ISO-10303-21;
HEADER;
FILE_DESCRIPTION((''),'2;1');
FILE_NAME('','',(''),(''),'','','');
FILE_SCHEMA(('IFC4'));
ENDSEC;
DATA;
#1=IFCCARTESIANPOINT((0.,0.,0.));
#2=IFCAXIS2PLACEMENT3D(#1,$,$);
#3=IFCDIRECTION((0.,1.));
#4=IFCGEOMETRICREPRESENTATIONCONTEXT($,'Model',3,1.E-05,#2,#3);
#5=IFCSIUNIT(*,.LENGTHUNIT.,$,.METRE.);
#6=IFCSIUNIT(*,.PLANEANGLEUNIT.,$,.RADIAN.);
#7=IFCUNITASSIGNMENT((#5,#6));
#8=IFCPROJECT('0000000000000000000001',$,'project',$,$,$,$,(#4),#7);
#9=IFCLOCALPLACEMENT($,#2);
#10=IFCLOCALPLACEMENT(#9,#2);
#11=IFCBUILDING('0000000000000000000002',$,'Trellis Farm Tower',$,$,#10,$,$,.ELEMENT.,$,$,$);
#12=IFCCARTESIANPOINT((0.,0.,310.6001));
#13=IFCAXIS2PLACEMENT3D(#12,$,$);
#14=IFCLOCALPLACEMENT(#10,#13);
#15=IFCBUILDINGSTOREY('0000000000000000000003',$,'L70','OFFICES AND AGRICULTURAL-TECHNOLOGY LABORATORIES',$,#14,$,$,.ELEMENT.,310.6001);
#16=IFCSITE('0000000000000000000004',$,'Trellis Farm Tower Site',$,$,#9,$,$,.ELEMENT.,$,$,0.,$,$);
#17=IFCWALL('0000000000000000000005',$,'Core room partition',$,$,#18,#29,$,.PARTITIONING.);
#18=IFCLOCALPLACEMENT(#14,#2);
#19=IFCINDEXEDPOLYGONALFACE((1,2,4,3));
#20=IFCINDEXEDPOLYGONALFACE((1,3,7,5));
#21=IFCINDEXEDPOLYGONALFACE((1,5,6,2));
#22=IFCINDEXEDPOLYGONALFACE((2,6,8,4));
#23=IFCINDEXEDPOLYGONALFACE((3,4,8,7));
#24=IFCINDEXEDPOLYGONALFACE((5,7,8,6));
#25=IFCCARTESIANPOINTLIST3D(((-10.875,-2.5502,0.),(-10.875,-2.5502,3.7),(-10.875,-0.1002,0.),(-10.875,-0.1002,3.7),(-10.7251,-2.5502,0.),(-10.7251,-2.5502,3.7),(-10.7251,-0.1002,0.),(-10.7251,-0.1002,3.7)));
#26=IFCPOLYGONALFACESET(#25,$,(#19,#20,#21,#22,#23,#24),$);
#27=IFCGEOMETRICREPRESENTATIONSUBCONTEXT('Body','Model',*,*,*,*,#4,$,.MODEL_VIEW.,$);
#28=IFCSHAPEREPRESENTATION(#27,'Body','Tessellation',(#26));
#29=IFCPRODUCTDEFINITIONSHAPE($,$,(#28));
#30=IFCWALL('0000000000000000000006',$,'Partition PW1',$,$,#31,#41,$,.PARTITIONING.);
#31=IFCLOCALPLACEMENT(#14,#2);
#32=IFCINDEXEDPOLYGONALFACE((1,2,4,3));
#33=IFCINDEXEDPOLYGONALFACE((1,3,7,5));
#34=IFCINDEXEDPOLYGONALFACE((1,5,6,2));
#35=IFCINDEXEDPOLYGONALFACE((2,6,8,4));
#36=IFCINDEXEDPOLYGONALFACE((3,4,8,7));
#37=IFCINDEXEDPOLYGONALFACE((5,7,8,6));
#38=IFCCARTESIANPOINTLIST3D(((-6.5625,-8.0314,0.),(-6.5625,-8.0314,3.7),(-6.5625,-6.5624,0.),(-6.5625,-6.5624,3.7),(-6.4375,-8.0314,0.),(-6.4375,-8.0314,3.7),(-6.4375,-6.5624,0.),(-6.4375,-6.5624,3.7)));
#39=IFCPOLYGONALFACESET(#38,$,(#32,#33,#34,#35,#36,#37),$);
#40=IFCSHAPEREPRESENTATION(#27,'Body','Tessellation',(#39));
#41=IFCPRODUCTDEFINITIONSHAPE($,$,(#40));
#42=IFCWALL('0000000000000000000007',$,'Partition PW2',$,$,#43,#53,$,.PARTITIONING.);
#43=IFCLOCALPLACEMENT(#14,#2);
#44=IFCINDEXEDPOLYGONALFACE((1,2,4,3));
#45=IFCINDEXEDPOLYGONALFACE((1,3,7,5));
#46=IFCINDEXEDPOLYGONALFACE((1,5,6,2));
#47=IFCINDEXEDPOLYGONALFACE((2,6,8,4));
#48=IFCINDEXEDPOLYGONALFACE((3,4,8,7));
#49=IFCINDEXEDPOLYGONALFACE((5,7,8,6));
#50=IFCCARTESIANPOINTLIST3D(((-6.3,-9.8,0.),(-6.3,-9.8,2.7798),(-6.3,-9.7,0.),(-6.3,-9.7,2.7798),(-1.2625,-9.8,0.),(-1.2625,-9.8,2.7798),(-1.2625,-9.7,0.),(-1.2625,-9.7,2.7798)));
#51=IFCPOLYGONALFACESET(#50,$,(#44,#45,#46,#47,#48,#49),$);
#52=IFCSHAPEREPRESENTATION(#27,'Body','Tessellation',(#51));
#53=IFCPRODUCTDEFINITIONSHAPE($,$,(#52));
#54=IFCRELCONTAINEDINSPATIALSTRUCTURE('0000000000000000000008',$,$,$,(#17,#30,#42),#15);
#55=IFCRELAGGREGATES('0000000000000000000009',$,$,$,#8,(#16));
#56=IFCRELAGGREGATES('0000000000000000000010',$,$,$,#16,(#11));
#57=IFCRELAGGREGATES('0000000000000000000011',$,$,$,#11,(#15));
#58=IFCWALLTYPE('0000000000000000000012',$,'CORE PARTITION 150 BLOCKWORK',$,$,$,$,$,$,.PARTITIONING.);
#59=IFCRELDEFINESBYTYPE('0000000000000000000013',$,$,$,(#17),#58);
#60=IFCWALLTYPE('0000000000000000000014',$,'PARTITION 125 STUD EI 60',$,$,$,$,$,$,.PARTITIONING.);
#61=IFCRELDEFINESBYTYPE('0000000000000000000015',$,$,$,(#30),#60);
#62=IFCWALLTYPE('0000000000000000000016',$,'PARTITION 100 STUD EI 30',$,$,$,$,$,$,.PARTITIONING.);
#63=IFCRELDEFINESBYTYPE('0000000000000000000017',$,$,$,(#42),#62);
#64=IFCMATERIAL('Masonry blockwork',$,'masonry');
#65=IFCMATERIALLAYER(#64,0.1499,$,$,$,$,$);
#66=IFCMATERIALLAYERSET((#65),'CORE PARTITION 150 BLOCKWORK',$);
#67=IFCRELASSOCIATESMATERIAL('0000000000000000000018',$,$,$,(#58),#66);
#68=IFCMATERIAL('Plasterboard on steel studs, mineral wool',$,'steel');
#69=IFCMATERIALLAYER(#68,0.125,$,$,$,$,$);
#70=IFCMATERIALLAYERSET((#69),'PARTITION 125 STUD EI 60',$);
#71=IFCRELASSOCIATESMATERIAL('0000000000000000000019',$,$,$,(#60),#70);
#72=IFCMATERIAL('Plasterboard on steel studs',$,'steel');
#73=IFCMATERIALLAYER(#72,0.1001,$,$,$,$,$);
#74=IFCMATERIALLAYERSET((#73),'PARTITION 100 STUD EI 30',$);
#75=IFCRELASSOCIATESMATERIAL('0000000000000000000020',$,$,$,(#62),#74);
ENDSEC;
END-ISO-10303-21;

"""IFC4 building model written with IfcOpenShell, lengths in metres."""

from ifc_helpers import new_model, si_unit, direction, frame, frame_2d, origin, place, context, subcontext, project, spatial, rectangle, extrude, source, transform, mapped, material, layer, layer_set, type_object, element, save


model = new_model("IFC4")

# Units and contexts
model_context = context("Model", 3, precision=1e-05, world=origin(), true_north=direction((0.0, 1.0)))
body_context = subcontext(model_context, "Body", "Model", "MODEL_VIEW")
ifc_project = project(units=[si_unit("LENGTHUNIT", "METRE"), si_unit("PLANEANGLEUNIT", "RADIAN")], contexts=[model_context])

# Site, building, storey
site_placement = place(None, origin())
site = spatial("IfcSite", under=ifc_project, at=site_placement, Name="Trellis Farm Tower Site", CompositionType="ELEMENT", RefElevation=0.0)
building_placement = place(site_placement, origin())
building = spatial("IfcBuilding", under=site, at=building_placement, Name="Trellis Farm Tower", CompositionType="ELEMENT")
storey_placement = place(building_placement, frame((0.0, 0.0, 310.6001)))
storey = spatial("IfcBuildingStorey", under=building, at=storey_placement, Name="L70", Description="OFFICES AND AGRICULTURAL-TECHNOLOGY LABORATORIES", CompositionType="ELEMENT", Elevation=310.6001)

# Wall
ifc_material_1 = material(Name="Masonry blockwork", Category="masonry")
ifc_layer_1 = layer(ifc_material_1, 0.1499)
ifc_layer_set_1 = layer_set([ifc_layer_1], Name="CORE PARTITION 150 BLOCKWORK")
wall_type_1 = type_object("IfcWallType", Name="CORE PARTITION 150 BLOCKWORK", PredefinedType="PARTITIONING", material=ifc_layer_set_1)
shared_shape_1 = source(origin(), body_context, "Body", "SweptSolid", [
    extrude(rectangle(XDim=2.45, YDim=0.1499, at=frame_2d((1.2251, 0.0))), origin(), (0.0, 0.0, 1.0), 3.7),
])
for number, where, z_axis, x_axis, name in (
    (1, (-10.8, -0.1001, 0.0), (0.0, 0.0, 1.0), (0.0, -1.0, 0.0), "Core room partition"),
):
    element("IfcWall", number, at=place(storey_placement, frame(where, z_axis=z_axis, x_axis=x_axis)), inside=storey, type_object=wall_type_1, Name=name, PredefinedType="PARTITIONING", context=body_context, shape_type="MappedRepresentation", body=[
        mapped(shared_shape_1, transform((0.0, 0.0, 0.0))),
    ])

# Walls
ifc_material_2 = material(Name="Plasterboard on steel studs, mineral wool", Category="steel")
ifc_layer_2 = layer(ifc_material_2, 0.125)
ifc_layer_set_2 = layer_set([ifc_layer_2], Name="PARTITION 125 STUD EI 60")
wall_type_2 = type_object("IfcWallType", Name="PARTITION 125 STUD EI 60", PredefinedType="PARTITIONING", material=ifc_layer_set_2)
shared_shape_2 = source(origin(), body_context, "Body", "SweptSolid", [
    extrude(rectangle(XDim=1.469, YDim=0.125, at=frame_2d((0.7344, 0.0))), origin(), (0.0, 0.0, 1.0), 3.7),
])
wall_1_placement = place(storey_placement, frame((-6.5, -6.5625, 0.0), z_axis=(0.0, 0.0, 1.0), x_axis=(0.0, -1.0, 0.0)))
element("IfcWall", 2, at=wall_1_placement, inside=storey, type_object=wall_type_2, Name="Partition PW1", PredefinedType="PARTITIONING", context=body_context, shape_type="MappedRepresentation", body=[
    mapped(shared_shape_2, transform((0.0, 0.0, 0.0))),
])
ifc_material_3 = material(Name="Plasterboard on steel studs", Category="steel")
ifc_layer_3 = layer(ifc_material_3, 0.1001)
ifc_layer_set_3 = layer_set([ifc_layer_3], Name="PARTITION 100 STUD EI 30")
wall_type_3 = type_object("IfcWallType", Name="PARTITION 100 STUD EI 30", PredefinedType="PARTITIONING", material=ifc_layer_set_3)
shared_shape_3 = source(origin(), body_context, "Body", "SweptSolid", [
    extrude(rectangle(XDim=5.0376, YDim=0.1001, at=frame_2d((2.5188, 0.0))), origin(), (0.0, 0.0, 1.0), 2.7798),
])
wall_2_placement = place(storey_placement, frame((-6.3, -9.75, 0.0), z_axis=(0.0, 0.0, 1.0), x_axis=(1.0, 0.0, 0.0)))
element("IfcWall", 3, at=wall_2_placement, inside=storey, type_object=wall_type_3, Name="Partition PW2", PredefinedType="PARTITIONING", context=body_context, shape_type="MappedRepresentation", body=[
    mapped(shared_shape_3, transform((0.0, 0.0, 0.0))),
])

save(model, "model.ifc")
